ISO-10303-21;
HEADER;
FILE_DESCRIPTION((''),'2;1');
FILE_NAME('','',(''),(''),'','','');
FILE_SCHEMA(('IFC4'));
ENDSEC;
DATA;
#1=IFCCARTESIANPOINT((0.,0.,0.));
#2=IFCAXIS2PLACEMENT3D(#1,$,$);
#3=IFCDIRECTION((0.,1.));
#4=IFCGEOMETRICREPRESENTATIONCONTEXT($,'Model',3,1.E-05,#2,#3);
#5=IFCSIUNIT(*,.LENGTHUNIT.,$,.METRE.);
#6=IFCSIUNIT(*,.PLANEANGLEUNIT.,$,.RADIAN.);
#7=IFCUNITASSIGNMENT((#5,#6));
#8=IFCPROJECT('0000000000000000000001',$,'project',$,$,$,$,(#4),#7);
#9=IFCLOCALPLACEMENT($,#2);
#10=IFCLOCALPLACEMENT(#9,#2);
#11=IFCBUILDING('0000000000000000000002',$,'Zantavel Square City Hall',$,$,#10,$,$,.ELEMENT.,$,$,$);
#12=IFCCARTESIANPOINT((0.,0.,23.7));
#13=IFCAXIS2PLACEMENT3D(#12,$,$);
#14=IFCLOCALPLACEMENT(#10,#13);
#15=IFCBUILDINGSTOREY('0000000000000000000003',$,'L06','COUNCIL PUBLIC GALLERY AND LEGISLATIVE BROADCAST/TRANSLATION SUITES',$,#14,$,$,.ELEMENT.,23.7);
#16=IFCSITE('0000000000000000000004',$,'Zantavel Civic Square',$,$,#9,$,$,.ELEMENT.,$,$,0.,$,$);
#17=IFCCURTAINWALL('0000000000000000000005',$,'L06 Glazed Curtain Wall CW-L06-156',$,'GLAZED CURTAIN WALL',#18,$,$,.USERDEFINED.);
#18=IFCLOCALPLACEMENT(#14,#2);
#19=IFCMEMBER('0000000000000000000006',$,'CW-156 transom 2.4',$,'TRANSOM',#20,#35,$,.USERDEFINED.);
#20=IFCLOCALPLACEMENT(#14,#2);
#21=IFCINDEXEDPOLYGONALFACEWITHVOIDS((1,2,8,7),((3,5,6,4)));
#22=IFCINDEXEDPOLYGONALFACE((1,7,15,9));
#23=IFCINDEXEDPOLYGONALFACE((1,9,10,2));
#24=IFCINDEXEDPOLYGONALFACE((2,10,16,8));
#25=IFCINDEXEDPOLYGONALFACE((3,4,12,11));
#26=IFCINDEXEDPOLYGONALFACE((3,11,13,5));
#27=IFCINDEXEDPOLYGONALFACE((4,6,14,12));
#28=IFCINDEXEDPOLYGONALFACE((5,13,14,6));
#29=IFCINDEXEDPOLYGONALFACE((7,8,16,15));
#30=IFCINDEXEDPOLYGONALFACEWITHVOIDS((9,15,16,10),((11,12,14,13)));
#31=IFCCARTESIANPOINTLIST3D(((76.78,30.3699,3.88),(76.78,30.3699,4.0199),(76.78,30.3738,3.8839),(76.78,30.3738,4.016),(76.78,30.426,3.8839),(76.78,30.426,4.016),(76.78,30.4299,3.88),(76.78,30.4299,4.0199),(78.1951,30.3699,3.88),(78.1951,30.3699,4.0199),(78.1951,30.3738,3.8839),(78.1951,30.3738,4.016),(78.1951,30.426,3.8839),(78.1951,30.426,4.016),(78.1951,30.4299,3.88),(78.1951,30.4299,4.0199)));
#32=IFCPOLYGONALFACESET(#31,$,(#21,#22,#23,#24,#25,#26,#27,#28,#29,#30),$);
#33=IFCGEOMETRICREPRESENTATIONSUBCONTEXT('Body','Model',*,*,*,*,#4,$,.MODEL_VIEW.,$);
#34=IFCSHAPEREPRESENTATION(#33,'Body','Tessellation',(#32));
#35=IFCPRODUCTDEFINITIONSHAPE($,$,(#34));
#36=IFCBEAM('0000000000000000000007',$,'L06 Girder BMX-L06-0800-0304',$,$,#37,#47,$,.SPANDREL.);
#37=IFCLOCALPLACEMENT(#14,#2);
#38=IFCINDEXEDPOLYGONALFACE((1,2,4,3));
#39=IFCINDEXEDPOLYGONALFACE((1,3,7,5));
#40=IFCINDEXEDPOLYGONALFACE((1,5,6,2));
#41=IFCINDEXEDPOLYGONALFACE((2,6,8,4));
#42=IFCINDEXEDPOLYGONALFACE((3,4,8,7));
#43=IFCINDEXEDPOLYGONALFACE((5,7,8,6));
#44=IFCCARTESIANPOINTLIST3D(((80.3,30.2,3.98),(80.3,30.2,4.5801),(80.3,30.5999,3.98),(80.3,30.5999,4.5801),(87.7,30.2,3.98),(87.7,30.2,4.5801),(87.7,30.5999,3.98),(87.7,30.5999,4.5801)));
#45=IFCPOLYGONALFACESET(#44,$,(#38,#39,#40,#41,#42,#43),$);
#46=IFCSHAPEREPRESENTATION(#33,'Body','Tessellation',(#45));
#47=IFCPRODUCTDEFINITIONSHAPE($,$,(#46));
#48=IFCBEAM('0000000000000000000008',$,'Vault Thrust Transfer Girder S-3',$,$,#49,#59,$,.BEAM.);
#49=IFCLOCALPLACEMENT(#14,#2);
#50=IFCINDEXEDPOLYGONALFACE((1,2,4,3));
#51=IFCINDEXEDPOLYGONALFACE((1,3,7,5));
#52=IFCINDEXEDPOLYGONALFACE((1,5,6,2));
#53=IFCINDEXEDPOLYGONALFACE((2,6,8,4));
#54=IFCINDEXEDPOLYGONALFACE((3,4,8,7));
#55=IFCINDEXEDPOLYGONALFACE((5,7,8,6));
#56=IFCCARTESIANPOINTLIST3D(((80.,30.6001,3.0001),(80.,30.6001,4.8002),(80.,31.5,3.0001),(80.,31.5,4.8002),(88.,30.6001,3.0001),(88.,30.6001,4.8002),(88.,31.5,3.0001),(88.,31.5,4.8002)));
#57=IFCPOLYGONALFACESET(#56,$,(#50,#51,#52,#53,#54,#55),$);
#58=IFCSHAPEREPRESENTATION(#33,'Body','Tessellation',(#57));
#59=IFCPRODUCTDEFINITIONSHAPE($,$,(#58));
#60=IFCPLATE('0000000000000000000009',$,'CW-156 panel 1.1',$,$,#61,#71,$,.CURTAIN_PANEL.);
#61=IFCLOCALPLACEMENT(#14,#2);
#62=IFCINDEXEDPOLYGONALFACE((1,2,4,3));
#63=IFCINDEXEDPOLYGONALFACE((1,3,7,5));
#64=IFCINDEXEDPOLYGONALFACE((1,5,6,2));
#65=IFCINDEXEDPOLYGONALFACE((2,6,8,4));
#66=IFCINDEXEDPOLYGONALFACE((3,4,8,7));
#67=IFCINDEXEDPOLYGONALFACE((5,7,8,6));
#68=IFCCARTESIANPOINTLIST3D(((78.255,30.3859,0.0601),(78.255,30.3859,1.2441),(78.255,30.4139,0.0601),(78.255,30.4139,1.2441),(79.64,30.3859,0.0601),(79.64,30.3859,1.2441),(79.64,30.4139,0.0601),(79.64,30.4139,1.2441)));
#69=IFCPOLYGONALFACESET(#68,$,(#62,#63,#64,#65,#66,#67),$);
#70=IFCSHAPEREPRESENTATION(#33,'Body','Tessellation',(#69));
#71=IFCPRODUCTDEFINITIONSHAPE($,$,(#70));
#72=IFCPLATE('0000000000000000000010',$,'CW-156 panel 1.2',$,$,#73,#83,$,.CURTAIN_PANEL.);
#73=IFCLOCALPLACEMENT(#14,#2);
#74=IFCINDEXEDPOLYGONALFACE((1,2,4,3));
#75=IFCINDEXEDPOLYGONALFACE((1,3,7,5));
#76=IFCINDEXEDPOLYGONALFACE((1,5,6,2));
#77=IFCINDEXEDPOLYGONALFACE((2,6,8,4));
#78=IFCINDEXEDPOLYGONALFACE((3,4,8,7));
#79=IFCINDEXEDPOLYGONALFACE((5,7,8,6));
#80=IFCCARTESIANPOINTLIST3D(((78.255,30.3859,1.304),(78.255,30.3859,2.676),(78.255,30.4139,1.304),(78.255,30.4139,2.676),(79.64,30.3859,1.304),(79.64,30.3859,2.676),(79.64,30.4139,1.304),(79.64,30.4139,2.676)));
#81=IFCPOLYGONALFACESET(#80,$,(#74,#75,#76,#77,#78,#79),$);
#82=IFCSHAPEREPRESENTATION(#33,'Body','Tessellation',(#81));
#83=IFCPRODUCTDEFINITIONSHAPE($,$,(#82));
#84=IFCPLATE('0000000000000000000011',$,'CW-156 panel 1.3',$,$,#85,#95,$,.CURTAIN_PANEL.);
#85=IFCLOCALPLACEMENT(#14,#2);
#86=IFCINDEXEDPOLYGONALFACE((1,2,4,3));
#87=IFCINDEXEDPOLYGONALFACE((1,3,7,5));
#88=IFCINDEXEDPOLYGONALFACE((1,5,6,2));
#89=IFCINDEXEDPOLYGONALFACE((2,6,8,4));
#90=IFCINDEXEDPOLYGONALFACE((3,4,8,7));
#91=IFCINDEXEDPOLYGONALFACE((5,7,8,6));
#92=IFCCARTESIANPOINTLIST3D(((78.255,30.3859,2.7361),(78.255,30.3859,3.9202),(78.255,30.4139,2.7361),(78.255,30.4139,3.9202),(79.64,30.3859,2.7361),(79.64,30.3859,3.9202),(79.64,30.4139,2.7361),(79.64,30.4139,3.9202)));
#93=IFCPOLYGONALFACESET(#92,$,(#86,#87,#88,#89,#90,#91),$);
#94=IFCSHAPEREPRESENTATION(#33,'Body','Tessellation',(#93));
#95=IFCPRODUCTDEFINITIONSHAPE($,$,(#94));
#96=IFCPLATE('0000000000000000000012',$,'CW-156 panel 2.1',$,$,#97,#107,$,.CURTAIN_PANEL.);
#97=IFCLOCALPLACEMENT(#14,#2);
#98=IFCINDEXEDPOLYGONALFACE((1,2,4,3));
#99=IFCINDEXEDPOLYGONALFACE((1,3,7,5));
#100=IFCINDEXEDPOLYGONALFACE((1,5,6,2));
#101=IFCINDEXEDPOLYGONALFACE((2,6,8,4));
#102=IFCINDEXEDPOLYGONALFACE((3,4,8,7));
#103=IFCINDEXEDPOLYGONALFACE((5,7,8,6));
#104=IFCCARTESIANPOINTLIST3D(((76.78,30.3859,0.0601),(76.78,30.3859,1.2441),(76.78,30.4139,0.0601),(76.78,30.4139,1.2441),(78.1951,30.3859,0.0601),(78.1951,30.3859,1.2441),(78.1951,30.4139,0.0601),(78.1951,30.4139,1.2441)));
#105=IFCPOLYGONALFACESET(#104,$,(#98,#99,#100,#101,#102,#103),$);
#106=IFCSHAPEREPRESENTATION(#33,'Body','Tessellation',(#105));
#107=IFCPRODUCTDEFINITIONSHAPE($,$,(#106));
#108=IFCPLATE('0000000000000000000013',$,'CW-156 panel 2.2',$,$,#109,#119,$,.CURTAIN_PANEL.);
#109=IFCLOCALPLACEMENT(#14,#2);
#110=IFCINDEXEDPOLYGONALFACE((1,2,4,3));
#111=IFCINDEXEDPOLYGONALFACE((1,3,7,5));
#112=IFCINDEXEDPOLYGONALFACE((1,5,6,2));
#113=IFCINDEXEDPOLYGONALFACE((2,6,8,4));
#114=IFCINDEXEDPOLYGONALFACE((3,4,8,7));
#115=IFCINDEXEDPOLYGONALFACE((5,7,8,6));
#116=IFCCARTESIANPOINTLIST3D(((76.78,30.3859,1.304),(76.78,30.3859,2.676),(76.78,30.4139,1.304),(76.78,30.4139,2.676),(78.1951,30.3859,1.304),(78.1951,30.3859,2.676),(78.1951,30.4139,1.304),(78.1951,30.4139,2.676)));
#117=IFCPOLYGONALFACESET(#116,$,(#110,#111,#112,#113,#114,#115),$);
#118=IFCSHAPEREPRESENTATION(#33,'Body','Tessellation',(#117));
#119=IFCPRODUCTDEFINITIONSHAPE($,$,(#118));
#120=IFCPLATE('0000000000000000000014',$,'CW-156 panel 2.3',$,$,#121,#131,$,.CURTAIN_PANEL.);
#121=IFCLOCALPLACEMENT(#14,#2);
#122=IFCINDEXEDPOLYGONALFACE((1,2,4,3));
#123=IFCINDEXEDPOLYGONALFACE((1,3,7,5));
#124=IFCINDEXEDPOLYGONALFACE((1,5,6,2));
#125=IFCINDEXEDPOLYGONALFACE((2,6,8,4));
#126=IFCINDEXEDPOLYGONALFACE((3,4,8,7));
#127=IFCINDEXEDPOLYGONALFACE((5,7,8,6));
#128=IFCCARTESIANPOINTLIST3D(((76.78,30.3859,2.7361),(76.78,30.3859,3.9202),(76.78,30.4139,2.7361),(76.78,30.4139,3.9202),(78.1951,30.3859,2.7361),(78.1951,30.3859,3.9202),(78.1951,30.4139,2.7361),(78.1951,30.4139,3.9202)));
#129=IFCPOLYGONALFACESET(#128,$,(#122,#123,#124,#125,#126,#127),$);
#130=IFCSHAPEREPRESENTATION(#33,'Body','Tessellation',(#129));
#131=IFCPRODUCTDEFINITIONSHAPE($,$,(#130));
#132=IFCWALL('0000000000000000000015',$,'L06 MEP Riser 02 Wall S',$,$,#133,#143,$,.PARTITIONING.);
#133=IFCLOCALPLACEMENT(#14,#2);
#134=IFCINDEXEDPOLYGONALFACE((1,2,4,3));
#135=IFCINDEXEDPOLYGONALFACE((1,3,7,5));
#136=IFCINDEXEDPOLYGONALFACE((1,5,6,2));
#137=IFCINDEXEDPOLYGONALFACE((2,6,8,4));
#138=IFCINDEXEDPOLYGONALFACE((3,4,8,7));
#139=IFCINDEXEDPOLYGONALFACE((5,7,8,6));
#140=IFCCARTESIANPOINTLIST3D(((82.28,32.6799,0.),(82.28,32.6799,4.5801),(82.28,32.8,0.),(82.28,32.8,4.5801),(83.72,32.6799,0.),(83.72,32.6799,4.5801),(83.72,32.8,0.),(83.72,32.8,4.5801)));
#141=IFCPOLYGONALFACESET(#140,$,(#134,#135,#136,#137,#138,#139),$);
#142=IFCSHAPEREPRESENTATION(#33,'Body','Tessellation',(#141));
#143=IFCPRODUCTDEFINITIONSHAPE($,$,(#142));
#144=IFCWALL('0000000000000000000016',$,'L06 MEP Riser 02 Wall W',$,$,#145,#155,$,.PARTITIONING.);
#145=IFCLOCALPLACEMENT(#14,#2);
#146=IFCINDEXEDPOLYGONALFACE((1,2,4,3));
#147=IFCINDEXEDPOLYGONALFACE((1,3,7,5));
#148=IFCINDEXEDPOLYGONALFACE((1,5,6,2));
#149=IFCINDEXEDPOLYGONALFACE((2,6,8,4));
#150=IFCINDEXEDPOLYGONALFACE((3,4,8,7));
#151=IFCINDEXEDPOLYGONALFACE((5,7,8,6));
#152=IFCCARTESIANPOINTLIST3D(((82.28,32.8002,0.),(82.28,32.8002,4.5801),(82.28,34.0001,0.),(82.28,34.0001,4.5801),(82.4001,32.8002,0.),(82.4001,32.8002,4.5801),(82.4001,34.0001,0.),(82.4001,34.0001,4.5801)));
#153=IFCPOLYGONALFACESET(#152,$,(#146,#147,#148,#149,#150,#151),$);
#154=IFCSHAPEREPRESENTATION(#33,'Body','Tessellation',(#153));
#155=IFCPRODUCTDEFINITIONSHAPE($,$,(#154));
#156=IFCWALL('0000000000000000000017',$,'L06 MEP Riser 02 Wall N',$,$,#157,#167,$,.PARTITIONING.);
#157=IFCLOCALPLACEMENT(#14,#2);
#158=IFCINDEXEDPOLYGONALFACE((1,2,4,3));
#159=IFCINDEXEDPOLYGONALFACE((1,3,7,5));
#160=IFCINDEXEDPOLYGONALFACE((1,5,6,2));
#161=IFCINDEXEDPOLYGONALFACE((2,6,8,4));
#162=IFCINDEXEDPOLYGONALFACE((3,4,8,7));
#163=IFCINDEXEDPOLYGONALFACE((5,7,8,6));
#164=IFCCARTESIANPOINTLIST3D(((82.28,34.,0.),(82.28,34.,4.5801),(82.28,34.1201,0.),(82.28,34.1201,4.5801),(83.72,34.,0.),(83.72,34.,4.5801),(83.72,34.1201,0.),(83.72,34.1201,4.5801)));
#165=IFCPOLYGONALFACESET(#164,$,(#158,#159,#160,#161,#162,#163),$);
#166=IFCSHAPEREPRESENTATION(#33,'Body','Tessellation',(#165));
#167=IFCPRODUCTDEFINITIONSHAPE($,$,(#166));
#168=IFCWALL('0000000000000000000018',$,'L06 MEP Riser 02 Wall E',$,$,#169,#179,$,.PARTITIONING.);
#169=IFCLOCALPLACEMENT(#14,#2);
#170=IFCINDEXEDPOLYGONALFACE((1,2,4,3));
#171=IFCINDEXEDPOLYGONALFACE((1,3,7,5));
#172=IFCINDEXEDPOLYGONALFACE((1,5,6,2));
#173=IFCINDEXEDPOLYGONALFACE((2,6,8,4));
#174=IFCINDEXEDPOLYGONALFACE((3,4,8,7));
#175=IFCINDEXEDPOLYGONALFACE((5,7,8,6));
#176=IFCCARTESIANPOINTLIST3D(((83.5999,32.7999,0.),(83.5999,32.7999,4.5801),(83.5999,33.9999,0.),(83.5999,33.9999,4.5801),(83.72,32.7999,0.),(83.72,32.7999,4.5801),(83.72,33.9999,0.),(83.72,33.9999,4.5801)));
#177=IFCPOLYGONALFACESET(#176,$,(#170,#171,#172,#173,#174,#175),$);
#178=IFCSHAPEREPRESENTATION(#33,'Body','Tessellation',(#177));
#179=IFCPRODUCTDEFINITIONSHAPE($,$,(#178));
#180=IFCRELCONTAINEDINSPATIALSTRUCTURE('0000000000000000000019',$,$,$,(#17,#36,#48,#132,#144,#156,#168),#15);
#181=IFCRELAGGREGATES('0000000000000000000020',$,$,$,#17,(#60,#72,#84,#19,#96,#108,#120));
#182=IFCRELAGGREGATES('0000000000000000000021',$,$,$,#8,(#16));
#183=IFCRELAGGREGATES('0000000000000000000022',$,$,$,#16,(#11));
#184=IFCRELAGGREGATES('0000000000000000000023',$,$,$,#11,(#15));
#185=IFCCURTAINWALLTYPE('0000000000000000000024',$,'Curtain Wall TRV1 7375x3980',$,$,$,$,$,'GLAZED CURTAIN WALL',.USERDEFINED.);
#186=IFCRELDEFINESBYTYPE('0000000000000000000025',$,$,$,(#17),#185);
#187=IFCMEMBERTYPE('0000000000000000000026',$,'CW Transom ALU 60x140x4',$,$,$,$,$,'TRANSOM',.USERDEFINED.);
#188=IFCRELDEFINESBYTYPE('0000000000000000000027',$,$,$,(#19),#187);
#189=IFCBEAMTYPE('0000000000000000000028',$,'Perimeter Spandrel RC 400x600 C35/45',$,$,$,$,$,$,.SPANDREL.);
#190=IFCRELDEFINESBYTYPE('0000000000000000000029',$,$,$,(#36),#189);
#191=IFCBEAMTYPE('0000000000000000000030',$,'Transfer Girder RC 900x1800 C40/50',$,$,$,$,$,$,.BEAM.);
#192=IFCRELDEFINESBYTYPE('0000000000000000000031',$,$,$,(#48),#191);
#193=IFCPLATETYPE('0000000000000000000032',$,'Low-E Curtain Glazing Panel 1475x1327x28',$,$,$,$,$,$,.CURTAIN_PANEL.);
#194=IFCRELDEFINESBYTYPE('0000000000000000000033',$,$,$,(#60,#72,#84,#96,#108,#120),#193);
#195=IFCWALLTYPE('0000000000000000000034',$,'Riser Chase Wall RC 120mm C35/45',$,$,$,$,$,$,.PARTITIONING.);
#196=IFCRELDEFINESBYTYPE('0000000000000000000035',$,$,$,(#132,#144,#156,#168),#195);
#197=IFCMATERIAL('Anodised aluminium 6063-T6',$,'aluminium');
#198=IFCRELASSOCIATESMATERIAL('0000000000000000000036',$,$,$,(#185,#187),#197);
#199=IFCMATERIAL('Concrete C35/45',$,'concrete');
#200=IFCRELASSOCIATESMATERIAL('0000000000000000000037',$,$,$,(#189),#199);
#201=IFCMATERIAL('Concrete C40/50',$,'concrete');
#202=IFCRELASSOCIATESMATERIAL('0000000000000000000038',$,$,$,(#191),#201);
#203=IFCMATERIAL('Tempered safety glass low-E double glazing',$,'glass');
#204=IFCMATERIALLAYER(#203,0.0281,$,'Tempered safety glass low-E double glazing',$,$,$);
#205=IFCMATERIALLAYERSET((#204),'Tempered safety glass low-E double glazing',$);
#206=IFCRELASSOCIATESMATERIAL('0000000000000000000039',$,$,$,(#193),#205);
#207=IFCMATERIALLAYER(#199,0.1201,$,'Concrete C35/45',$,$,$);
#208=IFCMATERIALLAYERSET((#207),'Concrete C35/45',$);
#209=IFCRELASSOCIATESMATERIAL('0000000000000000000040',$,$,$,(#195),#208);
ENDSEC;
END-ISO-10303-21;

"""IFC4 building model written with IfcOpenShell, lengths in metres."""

from ifc_helpers import new_model, si_unit, direction, frame, frame_2d, origin, origin_2d, place, context, subcontext, project, spatial, rectangle, hollow_rectangle, extrude, material, layer, layer_set, material_profile, profile_set, type_object, element, aggregate, save


model = new_model("IFC4")

# Units and contexts
model_context = context("Model", 3, precision=1e-05, world=origin(), true_north=direction((0.0, 1.0)))
body_context = subcontext(model_context, "Body", "Model", "MODEL_VIEW")
ifc_project = project(units=[si_unit("LENGTHUNIT", "METRE"), si_unit("PLANEANGLEUNIT", "RADIAN")], contexts=[model_context])

# Site, building, storey
site_placement = place(None, origin())
site = spatial("IfcSite", under=ifc_project, at=site_placement, Name="Zantavel Civic Square", CompositionType="ELEMENT", RefElevation=0.0)
building_placement = place(site_placement, origin())
building = spatial("IfcBuilding", under=site, at=building_placement, Name="Zantavel Square City Hall", CompositionType="ELEMENT")
storey_placement = place(building_placement, frame((0.0, 0.0, 23.7)))
storey = spatial("IfcBuildingStorey", under=building, at=storey_placement, Name="L06", Description="COUNCIL PUBLIC GALLERY AND LEGISLATIVE BROADCAST/TRANSLATION SUITES", CompositionType="ELEMENT", Elevation=23.7)

# Shared definitions
ifc_material_1 = material(Name="Concrete C40/50", Category="concrete")

# Curtain wall, member
ifc_material_2 = material(Name="Anodised aluminium 6063-T6", Category="aluminium")
curtain_wall_type = type_object("IfcCurtainWallType", Name="Curtain Wall TRV1 7375x3980", ElementType="GLAZED CURTAIN WALL", PredefinedType="USERDEFINED", material=ifc_material_2)
curtain_wall_placement = place(storey_placement, origin())
curtain_wall = element("IfcCurtainWall", 1, at=curtain_wall_placement, inside=storey, type_object=curtain_wall_type, Name="L06 Glazed Curtain Wall CW-L06-156", ObjectType="GLAZED CURTAIN WALL", PredefinedType="USERDEFINED")
ifc_material_profile_1 = material_profile(ifc_material_2, hollow_rectangle(XDim=0.0601, YDim=0.1399, WallThickness=0.0039, at=origin_2d()), Name="ALU 60x140x4")
ifc_profile_set_1 = profile_set([ifc_material_profile_1], Name="Anodised aluminium 6063-T6")
member_type_1 = type_object("IfcMemberType", Name="CW Transom ALU 60x140x4", ElementType="TRANSOM", PredefinedType="USERDEFINED", material=ifc_profile_set_1)
member_1_placement = place(storey_placement, frame((78.1951, 30.3999, 3.95), z_axis=(-1.0, 0.0, 0.0), x_axis=(0.0, -1.0, 0.0)))
member_1 = element("IfcMember", 2, at=member_1_placement, type_object=member_type_1, Name="CW-156 transom 2.4", ObjectType="TRANSOM", PredefinedType="USERDEFINED", context=body_context, shape_type="SweptSolid", body=[
    extrude(hollow_rectangle(XDim=0.0601, YDim=0.1399, WallThickness=0.0039, at=origin_2d()), origin(), (0.0, 0.0, 1.0), 1.415),
])

# Beams
ifc_material_3 = material(Name="Concrete C35/45", Category="concrete")
ifc_material_profile_2 = material_profile(ifc_material_3, rectangle(XDim=0.3999, YDim=0.6001, at=origin_2d()), Name="RC 400x600")
ifc_profile_set_2 = profile_set([ifc_material_profile_2], Name="Concrete C35/45")
beam_type_1 = type_object("IfcBeamType", Name="Perimeter Spandrel RC 400x600 C35/45", PredefinedType="SPANDREL", material=ifc_profile_set_2)
beam_1_placement = place(storey_placement, frame((80.3, 30.3999, 4.28), z_axis=(1.0, 0.0, 0.0), x_axis=(0.0, 1.0, 0.0)))
element("IfcBeam", 3, at=beam_1_placement, inside=storey, type_object=beam_type_1, Name="L06 Girder BMX-L06-0800-0304", PredefinedType="SPANDREL", context=body_context, shape_type="SweptSolid", body=[
    extrude(rectangle(XDim=0.3999, YDim=0.6001, at=origin_2d()), origin(), (0.0, 0.0, 1.0), 7.3999),
])
ifc_material_profile_3 = material_profile(ifc_material_1, rectangle(XDim=0.8999, YDim=1.8, at=origin_2d()), Name="RC 900x1800")
ifc_profile_set_3 = profile_set([ifc_material_profile_3], Name="Concrete C40/50")
beam_type_2 = type_object("IfcBeamType", Name="Transfer Girder RC 900x1800 C40/50", PredefinedType="BEAM", material=ifc_profile_set_3)
beam_2_placement = place(storey_placement, frame((80.0, 31.05, 3.9001), z_axis=(1.0, 0.0, 0.0), x_axis=(0.0, 1.0, 0.0)))
element("IfcBeam", 4, at=beam_2_placement, inside=storey, type_object=beam_type_2, Name="Vault Thrust Transfer Girder S-3", PredefinedType="BEAM", context=body_context, shape_type="SweptSolid", body=[
    extrude(rectangle(XDim=0.8999, YDim=1.8, at=origin_2d()), origin(), (0.0, 0.0, 1.0), 8.0),
])

# Plates
ifc_material_4 = material(Name="Tempered safety glass low-E double glazing", Category="glass")
ifc_layer_1 = layer(ifc_material_4, 0.0281, Name="Tempered safety glass low-E double glazing")
ifc_layer_set_1 = layer_set([ifc_layer_1], Name="Tempered safety glass low-E double glazing")
plate_type = type_object("IfcPlateType", Name="Low-E Curtain Glazing Panel 1475x1327x28", PredefinedType="CURTAIN_PANEL", material=ifc_layer_set_1)
plate_1_placement = place(storey_placement, frame((78.9475, 30.3999, 0.0601), z_axis=(0.0, 0.0, 1.0), x_axis=(-1.0, 0.0, 0.0)))
plate_1 = element("IfcPlate", 5, at=plate_1_placement, type_object=plate_type, Name="CW-156 panel 1.1", PredefinedType="CURTAIN_PANEL", context=body_context, shape_type="SweptSolid", body=[
    extrude(rectangle(XDim=1.385, YDim=0.0281, at=origin_2d()), origin(), (0.0, 0.0, 1.0), 1.1841),
])
plate_2_placement = place(storey_placement, frame((78.9475, 30.3999, 1.304), z_axis=(0.0, 0.0, 1.0), x_axis=(-1.0, 0.0, 0.0)))
plate_2 = element("IfcPlate", 6, at=plate_2_placement, type_object=plate_type, Name="CW-156 panel 1.2", PredefinedType="CURTAIN_PANEL", context=body_context, shape_type="SweptSolid", body=[
    extrude(rectangle(XDim=1.385, YDim=0.0281, at=origin_2d()), origin(), (0.0, 0.0, 1.0), 1.3721),
])
plate_3_placement = place(storey_placement, frame((78.9475, 30.3999, 2.7361), z_axis=(0.0, 0.0, 1.0), x_axis=(-1.0, 0.0, 0.0)))
plate_3 = element("IfcPlate", 7, at=plate_3_placement, type_object=plate_type, Name="CW-156 panel 1.3", PredefinedType="CURTAIN_PANEL", context=body_context, shape_type="SweptSolid", body=[
    extrude(rectangle(XDim=1.385, YDim=0.0281, at=origin_2d()), origin(), (0.0, 0.0, 1.0), 1.1841),
])
plate_4_placement = place(storey_placement, frame((77.4875, 30.3999, 0.0601), z_axis=(0.0, 0.0, 1.0), x_axis=(-1.0, 0.0, 0.0)))
plate_4 = element("IfcPlate", 8, at=plate_4_placement, type_object=plate_type, Name="CW-156 panel 2.1", PredefinedType="CURTAIN_PANEL", context=body_context, shape_type="SweptSolid", body=[
    extrude(rectangle(XDim=1.415, YDim=0.0281, at=origin_2d()), origin(), (0.0, 0.0, 1.0), 1.1841),
])
plate_5_placement = place(storey_placement, frame((77.4875, 30.3999, 1.304), z_axis=(0.0, 0.0, 1.0), x_axis=(-1.0, 0.0, 0.0)))
plate_5 = element("IfcPlate", 9, at=plate_5_placement, type_object=plate_type, Name="CW-156 panel 2.2", PredefinedType="CURTAIN_PANEL", context=body_context, shape_type="SweptSolid", body=[
    extrude(rectangle(XDim=1.415, YDim=0.0281, at=origin_2d()), origin(), (0.0, 0.0, 1.0), 1.3721),
])
plate_6_placement = place(storey_placement, frame((77.4875, 30.3999, 2.7361), z_axis=(0.0, 0.0, 1.0), x_axis=(-1.0, 0.0, 0.0)))
plate_6 = element("IfcPlate", 10, at=plate_6_placement, type_object=plate_type, Name="CW-156 panel 2.3", PredefinedType="CURTAIN_PANEL", context=body_context, shape_type="SweptSolid", body=[
    extrude(rectangle(XDim=1.415, YDim=0.0281, at=origin_2d()), origin(), (0.0, 0.0, 1.0), 1.1841),
])
aggregate(curtain_wall, [plate_1, plate_2, plate_3, member_1, plate_4, plate_5, plate_6])

# Walls
ifc_layer_2 = layer(ifc_material_3, 0.1201, Name="Concrete C35/45")
ifc_layer_set_2 = layer_set([ifc_layer_2], Name="Concrete C35/45")
wall_type = type_object("IfcWallType", Name="Riser Chase Wall RC 120mm C35/45", PredefinedType="PARTITIONING", material=ifc_layer_set_2)
wall_1_placement = place(storey_placement, frame((83.72, 32.74, 0.0), z_axis=(0.0, 0.0, 1.0), x_axis=(-1.0, 0.0, 0.0)))
element("IfcWall", 11, at=wall_1_placement, inside=storey, type_object=wall_type, Name="L06 MEP Riser 02 Wall S", PredefinedType="PARTITIONING", context=body_context, shape_type="SweptSolid", body=[
    extrude(rectangle(XDim=1.4399, YDim=0.1201, at=frame_2d((0.72, 0.0))), origin(), (0.0, 0.0, 1.0), 4.5801),
])
wall_2_placement = place(storey_placement, frame((82.3401, 32.8, 0.0), z_axis=(0.0, 0.0, 1.0), x_axis=(0.0, 1.0, 0.0)))
element("IfcWall", 12, at=wall_2_placement, inside=storey, type_object=wall_type, Name="L06 MEP Riser 02 Wall W", PredefinedType="PARTITIONING", context=body_context, shape_type="SweptSolid", body=[
    extrude(rectangle(XDim=1.2, YDim=0.1201, at=frame_2d((0.6001, 0.0))), origin(), (0.0, 0.0, 1.0), 4.5801),
])
wall_3_placement = place(storey_placement, frame((82.28, 34.0601, 0.0), z_axis=(0.0, 0.0, 1.0), x_axis=(1.0, 0.0, 0.0)))
element("IfcWall", 13, at=wall_3_placement, inside=storey, type_object=wall_type, Name="L06 MEP Riser 02 Wall N", PredefinedType="PARTITIONING", context=body_context, shape_type="SweptSolid", body=[
    extrude(rectangle(XDim=1.4399, YDim=0.1201, at=frame_2d((0.72, 0.0))), origin(), (0.0, 0.0, 1.0), 4.5801),
])
wall_4_placement = place(storey_placement, frame((83.6599, 34.0, 0.0), z_axis=(0.0, 0.0, 1.0), x_axis=(0.0, -1.0, 0.0)))
element("IfcWall", 14, at=wall_4_placement, inside=storey, type_object=wall_type, Name="L06 MEP Riser 02 Wall E", PredefinedType="PARTITIONING", context=body_context, shape_type="SweptSolid", body=[
    extrude(rectangle(XDim=1.2, YDim=0.1201, at=frame_2d((0.6001, 0.0))), origin(), (0.0, 0.0, 1.0), 4.5801),
])

save(model, "model.ifc")
